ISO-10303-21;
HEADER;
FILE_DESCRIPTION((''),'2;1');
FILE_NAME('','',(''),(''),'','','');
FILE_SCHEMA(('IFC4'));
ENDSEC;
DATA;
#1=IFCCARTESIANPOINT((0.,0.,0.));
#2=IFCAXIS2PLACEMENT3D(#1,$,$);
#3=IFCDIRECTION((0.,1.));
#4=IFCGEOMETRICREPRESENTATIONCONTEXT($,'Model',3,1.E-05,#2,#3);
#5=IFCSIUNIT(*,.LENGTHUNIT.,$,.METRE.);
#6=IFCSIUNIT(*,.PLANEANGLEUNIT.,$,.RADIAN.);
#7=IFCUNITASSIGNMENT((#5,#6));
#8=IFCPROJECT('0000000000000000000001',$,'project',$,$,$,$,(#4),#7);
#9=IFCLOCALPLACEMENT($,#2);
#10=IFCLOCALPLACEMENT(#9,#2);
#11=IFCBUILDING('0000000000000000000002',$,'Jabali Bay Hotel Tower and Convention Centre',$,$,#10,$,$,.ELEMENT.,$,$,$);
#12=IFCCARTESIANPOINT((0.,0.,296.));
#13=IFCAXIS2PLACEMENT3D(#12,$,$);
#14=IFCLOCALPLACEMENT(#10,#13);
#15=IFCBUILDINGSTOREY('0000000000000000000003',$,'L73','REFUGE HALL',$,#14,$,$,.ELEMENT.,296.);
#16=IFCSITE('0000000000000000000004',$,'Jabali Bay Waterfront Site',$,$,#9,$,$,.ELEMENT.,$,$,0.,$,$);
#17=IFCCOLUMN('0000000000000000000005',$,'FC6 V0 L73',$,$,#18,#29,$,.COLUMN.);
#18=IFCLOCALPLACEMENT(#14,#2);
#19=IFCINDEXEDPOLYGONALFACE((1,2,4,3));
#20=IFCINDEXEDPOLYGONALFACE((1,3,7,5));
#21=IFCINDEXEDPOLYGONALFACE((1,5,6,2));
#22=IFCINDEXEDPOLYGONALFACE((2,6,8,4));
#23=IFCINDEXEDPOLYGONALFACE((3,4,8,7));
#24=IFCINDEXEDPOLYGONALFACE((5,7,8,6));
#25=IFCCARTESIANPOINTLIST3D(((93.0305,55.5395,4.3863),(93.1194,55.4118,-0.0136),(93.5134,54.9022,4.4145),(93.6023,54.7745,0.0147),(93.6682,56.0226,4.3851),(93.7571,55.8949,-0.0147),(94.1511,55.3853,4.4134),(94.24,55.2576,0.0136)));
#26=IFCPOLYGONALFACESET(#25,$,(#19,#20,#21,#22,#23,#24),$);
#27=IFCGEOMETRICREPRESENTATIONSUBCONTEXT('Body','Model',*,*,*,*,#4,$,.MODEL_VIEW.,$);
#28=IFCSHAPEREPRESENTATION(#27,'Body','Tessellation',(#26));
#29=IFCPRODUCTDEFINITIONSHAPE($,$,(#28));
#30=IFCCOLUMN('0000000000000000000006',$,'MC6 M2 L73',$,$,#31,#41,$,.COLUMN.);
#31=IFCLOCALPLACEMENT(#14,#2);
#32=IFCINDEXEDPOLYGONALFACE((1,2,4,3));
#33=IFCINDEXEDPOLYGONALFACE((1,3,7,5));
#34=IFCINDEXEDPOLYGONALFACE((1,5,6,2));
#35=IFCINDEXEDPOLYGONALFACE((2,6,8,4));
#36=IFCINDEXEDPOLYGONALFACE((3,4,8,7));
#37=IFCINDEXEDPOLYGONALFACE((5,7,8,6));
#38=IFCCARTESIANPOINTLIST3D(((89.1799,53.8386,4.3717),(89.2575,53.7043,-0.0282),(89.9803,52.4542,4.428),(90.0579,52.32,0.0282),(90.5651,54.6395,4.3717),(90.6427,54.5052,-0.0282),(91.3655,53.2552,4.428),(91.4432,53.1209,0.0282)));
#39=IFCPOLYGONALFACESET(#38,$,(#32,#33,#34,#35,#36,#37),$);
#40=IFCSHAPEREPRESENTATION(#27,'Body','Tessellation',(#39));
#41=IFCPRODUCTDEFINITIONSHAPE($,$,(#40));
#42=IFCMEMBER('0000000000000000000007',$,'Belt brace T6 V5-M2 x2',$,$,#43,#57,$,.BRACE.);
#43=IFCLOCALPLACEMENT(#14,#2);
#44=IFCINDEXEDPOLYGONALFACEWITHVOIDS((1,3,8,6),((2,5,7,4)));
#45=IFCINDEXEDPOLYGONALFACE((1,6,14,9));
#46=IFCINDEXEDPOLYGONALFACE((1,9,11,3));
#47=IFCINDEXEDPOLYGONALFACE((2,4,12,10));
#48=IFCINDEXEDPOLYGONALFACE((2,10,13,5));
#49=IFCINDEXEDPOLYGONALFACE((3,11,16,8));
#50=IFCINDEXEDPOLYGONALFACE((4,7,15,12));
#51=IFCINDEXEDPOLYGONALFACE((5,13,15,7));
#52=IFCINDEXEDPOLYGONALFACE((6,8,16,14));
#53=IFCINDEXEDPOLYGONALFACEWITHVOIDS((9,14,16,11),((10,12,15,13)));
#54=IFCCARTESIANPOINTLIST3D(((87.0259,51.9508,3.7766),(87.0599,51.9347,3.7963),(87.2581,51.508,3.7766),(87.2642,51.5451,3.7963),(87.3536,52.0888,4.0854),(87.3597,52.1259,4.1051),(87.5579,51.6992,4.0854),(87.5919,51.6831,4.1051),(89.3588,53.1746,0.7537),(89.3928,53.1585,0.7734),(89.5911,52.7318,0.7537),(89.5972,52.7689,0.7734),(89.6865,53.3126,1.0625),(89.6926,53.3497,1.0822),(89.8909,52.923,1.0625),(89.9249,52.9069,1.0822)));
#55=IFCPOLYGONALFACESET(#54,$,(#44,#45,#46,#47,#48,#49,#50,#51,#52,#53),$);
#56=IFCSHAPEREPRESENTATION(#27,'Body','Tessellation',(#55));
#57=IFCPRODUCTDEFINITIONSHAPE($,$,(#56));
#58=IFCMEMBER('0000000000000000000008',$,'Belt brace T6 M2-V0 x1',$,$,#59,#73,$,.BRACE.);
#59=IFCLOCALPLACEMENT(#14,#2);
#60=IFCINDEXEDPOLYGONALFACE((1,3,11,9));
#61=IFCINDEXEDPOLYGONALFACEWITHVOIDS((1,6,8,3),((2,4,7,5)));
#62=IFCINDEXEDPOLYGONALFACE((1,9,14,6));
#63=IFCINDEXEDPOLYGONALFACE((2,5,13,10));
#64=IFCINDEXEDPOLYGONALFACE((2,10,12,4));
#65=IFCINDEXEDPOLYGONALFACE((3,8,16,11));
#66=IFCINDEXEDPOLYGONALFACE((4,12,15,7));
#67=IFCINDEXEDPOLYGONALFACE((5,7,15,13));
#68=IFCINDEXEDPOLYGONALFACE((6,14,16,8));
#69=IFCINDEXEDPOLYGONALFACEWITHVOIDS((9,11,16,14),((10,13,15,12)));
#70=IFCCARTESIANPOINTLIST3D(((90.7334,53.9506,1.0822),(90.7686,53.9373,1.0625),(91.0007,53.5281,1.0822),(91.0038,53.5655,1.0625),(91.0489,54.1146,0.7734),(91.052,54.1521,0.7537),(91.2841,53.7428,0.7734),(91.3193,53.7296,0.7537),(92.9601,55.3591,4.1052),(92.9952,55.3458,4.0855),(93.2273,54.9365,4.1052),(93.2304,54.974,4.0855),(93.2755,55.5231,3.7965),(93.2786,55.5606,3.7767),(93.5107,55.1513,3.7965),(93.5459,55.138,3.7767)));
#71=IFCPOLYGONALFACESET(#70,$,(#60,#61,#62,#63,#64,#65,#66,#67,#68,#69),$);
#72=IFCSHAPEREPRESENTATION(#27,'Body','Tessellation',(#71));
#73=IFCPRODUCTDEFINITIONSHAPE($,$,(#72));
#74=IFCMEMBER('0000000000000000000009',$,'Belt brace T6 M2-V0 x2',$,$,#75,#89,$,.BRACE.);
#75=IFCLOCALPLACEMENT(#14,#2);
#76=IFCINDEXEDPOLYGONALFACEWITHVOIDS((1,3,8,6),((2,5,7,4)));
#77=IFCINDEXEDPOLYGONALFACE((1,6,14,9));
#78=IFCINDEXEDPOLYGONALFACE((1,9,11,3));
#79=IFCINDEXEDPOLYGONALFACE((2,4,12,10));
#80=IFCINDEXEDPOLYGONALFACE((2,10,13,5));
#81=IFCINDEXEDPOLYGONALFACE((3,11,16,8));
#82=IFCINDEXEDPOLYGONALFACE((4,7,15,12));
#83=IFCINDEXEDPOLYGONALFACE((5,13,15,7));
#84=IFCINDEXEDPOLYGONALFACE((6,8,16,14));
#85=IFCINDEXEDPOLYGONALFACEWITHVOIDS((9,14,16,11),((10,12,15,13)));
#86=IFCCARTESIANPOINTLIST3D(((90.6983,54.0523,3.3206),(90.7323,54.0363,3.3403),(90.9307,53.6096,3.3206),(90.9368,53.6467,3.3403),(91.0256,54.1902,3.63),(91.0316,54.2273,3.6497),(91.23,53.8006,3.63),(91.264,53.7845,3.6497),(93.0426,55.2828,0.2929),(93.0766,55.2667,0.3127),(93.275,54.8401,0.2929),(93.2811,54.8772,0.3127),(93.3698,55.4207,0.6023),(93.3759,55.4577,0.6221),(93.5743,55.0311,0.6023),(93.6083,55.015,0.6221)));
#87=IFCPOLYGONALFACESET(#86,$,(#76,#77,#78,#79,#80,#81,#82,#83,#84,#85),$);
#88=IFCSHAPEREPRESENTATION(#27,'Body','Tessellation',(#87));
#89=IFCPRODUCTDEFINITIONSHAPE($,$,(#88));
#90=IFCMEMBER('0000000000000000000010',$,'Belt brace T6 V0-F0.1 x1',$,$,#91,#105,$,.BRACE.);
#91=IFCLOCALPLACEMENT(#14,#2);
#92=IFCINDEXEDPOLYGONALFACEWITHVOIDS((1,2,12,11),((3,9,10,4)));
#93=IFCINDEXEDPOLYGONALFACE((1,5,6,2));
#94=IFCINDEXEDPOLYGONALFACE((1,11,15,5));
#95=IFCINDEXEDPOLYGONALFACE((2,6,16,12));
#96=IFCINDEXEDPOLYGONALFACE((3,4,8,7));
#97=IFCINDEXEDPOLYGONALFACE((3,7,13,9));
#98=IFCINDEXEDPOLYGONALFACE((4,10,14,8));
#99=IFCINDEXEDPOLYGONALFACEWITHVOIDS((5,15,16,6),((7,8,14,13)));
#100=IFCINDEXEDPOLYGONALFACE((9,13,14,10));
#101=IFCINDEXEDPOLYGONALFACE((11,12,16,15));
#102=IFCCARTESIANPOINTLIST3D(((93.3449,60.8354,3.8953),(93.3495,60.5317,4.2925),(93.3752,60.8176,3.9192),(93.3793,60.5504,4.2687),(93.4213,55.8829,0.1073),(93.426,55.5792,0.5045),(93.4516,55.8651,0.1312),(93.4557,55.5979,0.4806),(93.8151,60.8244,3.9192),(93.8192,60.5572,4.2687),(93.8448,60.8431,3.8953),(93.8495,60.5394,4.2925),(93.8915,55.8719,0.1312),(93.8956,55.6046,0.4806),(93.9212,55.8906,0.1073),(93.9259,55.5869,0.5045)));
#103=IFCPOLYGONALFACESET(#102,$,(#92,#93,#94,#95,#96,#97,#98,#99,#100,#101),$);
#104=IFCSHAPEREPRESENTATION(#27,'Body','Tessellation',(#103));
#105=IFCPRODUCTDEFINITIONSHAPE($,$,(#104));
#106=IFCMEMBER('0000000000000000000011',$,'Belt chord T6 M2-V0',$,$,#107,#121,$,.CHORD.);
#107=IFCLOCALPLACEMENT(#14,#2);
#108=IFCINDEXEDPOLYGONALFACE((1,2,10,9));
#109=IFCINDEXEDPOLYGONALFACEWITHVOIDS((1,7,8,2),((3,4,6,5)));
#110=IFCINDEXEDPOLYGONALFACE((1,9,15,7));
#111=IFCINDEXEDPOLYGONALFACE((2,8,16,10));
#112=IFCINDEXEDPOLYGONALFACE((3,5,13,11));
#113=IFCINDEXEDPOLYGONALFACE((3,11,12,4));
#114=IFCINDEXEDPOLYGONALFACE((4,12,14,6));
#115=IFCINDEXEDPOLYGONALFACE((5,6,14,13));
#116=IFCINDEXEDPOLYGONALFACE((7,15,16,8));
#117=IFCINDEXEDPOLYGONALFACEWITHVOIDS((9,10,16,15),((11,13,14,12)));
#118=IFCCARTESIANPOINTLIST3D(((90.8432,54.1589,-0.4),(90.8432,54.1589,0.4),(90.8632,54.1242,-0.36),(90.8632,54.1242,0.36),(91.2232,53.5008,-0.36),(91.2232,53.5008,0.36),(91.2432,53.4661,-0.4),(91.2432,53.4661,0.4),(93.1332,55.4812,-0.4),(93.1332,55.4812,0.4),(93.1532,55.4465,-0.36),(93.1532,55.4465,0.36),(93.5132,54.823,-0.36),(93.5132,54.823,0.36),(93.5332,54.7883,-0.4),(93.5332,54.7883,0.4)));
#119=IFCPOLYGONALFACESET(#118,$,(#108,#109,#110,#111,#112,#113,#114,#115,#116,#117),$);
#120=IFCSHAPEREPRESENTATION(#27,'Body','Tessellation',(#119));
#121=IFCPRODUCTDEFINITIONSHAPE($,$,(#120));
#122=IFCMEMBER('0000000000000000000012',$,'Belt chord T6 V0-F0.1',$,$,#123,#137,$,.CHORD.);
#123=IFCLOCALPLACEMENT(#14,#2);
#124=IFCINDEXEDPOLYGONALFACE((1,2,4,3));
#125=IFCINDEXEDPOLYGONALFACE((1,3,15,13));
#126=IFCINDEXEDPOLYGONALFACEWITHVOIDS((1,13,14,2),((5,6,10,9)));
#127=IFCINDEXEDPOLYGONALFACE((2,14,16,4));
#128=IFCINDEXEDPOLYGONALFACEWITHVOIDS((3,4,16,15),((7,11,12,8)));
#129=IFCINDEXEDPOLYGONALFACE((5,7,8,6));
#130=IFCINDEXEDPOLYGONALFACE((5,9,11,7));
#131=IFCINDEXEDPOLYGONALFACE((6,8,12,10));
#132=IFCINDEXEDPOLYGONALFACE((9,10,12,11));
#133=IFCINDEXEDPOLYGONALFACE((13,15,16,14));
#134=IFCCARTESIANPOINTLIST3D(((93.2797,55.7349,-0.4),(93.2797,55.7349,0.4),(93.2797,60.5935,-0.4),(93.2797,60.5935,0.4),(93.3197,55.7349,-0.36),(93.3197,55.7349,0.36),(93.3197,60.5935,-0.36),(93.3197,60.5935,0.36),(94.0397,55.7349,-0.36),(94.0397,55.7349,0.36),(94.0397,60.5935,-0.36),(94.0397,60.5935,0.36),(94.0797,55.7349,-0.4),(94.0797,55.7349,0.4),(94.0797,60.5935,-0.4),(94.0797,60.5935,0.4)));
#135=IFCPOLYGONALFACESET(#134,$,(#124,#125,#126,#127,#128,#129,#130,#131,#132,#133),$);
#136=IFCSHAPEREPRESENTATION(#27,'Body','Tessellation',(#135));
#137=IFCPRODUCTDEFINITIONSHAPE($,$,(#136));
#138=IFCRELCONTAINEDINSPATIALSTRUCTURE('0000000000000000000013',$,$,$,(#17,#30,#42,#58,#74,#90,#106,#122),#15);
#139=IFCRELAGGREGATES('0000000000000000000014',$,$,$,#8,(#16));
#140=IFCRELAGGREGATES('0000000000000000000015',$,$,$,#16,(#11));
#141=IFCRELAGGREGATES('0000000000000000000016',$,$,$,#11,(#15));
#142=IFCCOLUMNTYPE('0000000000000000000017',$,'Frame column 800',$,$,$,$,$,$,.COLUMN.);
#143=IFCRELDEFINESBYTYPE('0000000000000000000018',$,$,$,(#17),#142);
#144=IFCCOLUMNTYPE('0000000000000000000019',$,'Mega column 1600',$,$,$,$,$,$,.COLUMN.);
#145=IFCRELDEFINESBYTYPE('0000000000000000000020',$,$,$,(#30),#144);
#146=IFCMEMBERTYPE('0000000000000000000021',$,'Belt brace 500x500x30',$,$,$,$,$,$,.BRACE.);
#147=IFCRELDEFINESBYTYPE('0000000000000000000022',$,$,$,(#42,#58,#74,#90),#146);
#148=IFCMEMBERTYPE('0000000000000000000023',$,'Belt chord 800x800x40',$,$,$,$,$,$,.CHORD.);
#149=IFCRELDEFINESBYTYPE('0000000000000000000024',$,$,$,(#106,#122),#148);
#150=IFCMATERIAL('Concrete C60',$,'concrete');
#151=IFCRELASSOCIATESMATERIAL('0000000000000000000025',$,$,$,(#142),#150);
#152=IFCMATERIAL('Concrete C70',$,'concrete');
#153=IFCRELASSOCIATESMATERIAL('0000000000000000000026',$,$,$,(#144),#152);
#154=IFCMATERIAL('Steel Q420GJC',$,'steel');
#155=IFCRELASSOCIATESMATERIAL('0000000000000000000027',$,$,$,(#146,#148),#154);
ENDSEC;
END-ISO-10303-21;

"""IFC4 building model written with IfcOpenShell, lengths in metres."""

from ifc_helpers import new_model, si_unit, direction, frame, origin, origin_2d, place, context, subcontext, project, spatial, rectangle, hollow_rectangle, extrude, material, material_profile, profile_set, type_object, element, save


model = new_model("IFC4")

# Units and contexts
model_context = context("Model", 3, precision=1e-05, world=origin(), true_north=direction((0.0, 1.0)))
body_context = subcontext(model_context, "Body", "Model", "MODEL_VIEW")
ifc_project = project(units=[si_unit("LENGTHUNIT", "METRE"), si_unit("PLANEANGLEUNIT", "RADIAN")], contexts=[model_context])

# Site, building, storey
site_placement = place(None, origin())
site = spatial("IfcSite", under=ifc_project, at=site_placement, Name="Jabali Bay Waterfront Site", CompositionType="ELEMENT", RefElevation=0.0)
building_placement = place(site_placement, origin())
building = spatial("IfcBuilding", under=site, at=building_placement, Name="Jabali Bay Hotel Tower and Convention Centre", CompositionType="ELEMENT")
storey_placement = place(building_placement, frame((0.0, 0.0, 296.0)))
storey = spatial("IfcBuildingStorey", under=building, at=storey_placement, Name="L73", Description="REFUGE HALL", CompositionType="ELEMENT", Elevation=296.0)

# Columns
ifc_material_1 = material(Name="Concrete C60", Category="concrete")
ifc_material_profile_1 = material_profile(ifc_material_1, rectangle(XDim=0.8, YDim=0.8, at=origin_2d()), Name="Frame column 800")
ifc_profile_set_1 = profile_set([ifc_material_profile_1], Name="Concrete C60")
column_type_1 = type_object("IfcColumnType", Name="Frame column 800", PredefinedType="COLUMN", material=ifc_profile_set_1)
column_1_placement = place(storey_placement, frame((93.6797, 55.3347, 0.0), z_axis=(-0.020185, 0.029002, 0.999376), x_axis=(-0.797077, -0.603876, 0.001426)))
element("IfcColumn", 1, at=column_1_placement, inside=storey, type_object=column_type_1, Name="FC6 V0 L73", PredefinedType="COLUMN", context=body_context, shape_type="SweptSolid", body=[
    extrude(rectangle(XDim=0.8, YDim=0.8, at=origin_2d()), origin(), (0.0, 0.0, 1.0), 4.4026),
])
ifc_material_2 = material(Name="Concrete C70", Category="concrete")
ifc_material_profile_2 = material_profile(ifc_material_2, rectangle(XDim=1.6001, YDim=1.6001, at=origin_2d()), Name="Mega column 1600")
ifc_profile_set_2 = profile_set([ifc_material_profile_2], Name="Concrete C70")
column_type_2 = type_object("IfcColumnType", Name="Mega column 1600", PredefinedType="COLUMN", material=ifc_profile_set_2)
column_2_placement = place(storey_placement, frame((90.3503, 53.4126, 0.0), z_axis=(-0.017634, 0.030499, 0.999379), x_axis=(-0.865711, -0.500544, 0.0)))
element("IfcColumn", 2, at=column_2_placement, inside=storey, type_object=column_type_2, Name="MC6 M2 L73", PredefinedType="COLUMN", context=body_context, shape_type="SweptSolid", body=[
    extrude(rectangle(XDim=1.6001, YDim=1.6001, at=origin_2d()), origin(), (0.0, 0.0, 1.0), 4.4026),
])

# Members
ifc_material_3 = material(Name="Steel Q420GJC", Category="steel")
ifc_material_profile_3 = material_profile(ifc_material_3, hollow_rectangle(XDim=0.5, YDim=0.5, WallThickness=0.03, at=origin_2d()), Name="Belt brace 500x500x30")
ifc_profile_set_3 = profile_set([ifc_material_profile_3], Name="Steel Q420GJC")
member_type_1 = type_object("IfcMemberType", Name="Belt brace 500x500x30", PredefinedType="BRACE", material=ifc_profile_set_3)
member_1_placement = place(storey_placement, frame((89.6418, 53.0408, 0.918), z_axis=(-0.581817, -0.305216, 0.753878), x_axis=(0.464551, -0.885547, 0.0)))
element("IfcMember", 3, at=member_1_placement, inside=storey, type_object=member_type_1, Name="Belt brace T6 V5-M2 x2", PredefinedType="BRACE", context=body_context, shape_type="SweptSolid", body=[
    extrude(hollow_rectangle(XDim=0.5, YDim=0.5, WallThickness=0.03, at=origin_2d()), origin(), (0.0, 0.0, 1.0), 4.0098),
])
member_2_placement = place(storey_placement, frame((91.0264, 53.8401, 0.918), z_axis=(0.555262, 0.35124, 0.753866), x_axis=(-0.534589, 0.845112, 0.0)))
element("IfcMember", 4, at=member_2_placement, inside=storey, type_object=member_type_1, Name="Belt brace T6 M2-V0 x1", PredefinedType="BRACE", context=body_context, shape_type="SweptSolid", body=[
    extrude(hollow_rectangle(XDim=0.5, YDim=0.5, WallThickness=0.03, at=origin_2d()), origin(), (0.0, 0.0, 1.0), 4.01),
])
member_3_placement = place(storey_placement, frame((93.3254, 55.1489, 0.4575), z_axis=(-0.582866, -0.305941, 0.752773), x_axis=(0.464758, -0.885438, 0.0)))
element("IfcMember", 5, at=member_3_placement, inside=storey, type_object=member_type_1, Name="Belt brace T6 M2-V0 x2", PredefinedType="BRACE", context=body_context, shape_type="SweptSolid", body=[
    extrude(hollow_rectangle(XDim=0.5, YDim=0.5, WallThickness=0.03, at=origin_2d()), origin(), (0.0, 0.0, 1.0), 4.022),
])
member_4_placement = place(storey_placement, frame((93.6736, 55.7349, 0.3059), z_axis=(-0.012255, 0.794238, 0.607483), x_axis=(-0.999881, -0.015428, 0.0)))
element("IfcMember", 6, at=member_4_placement, inside=storey, type_object=member_type_1, Name="Belt brace T6 V0-F0.1 x1", PredefinedType="BRACE", context=body_context, shape_type="SweptSolid", body=[
    extrude(hollow_rectangle(XDim=0.5, YDim=0.5, WallThickness=0.03, at=origin_2d()), origin(), (0.0, 0.0, 1.0), 6.2356),
])
ifc_material_profile_4 = material_profile(ifc_material_3, hollow_rectangle(XDim=0.8, YDim=0.8, WallThickness=0.04, at=origin_2d()), Name="Belt chord 800x800x40")
ifc_profile_set_4 = profile_set([ifc_material_profile_4], Name="Steel Q420GJC")
member_type_2 = type_object("IfcMemberType", Name="Belt chord 800x800x40", PredefinedType="CHORD", material=ifc_profile_set_4)
member_5_placement = place(storey_placement, frame((91.0432, 53.8125, 0.0), z_axis=(0.866007, 0.500031, 0.0), x_axis=(-0.500031, 0.866007, 0.0)))
element("IfcMember", 7, at=member_5_placement, inside=storey, type_object=member_type_2, Name="Belt chord T6 M2-V0", PredefinedType="CHORD", context=body_context, shape_type="SweptSolid", body=[
    extrude(hollow_rectangle(XDim=0.8, YDim=0.8, WallThickness=0.04, at=origin_2d()), origin(), (0.0, 0.0, 1.0), 2.6443),
])
member_6_placement = place(storey_placement, frame((93.6797, 55.7349, 0.0), z_axis=(0.0, 1.0, 0.0), x_axis=(-1.0, 0.0, 0.0)))
element("IfcMember", 8, at=member_6_placement, inside=storey, type_object=member_type_2, Name="Belt chord T6 V0-F0.1", PredefinedType="CHORD", context=body_context, shape_type="SweptSolid", body=[
    extrude(hollow_rectangle(XDim=0.8, YDim=0.8, WallThickness=0.04, at=origin_2d()), origin(), (0.0, 0.0, 1.0), 4.8586),
])

save(model, "model.ifc")
